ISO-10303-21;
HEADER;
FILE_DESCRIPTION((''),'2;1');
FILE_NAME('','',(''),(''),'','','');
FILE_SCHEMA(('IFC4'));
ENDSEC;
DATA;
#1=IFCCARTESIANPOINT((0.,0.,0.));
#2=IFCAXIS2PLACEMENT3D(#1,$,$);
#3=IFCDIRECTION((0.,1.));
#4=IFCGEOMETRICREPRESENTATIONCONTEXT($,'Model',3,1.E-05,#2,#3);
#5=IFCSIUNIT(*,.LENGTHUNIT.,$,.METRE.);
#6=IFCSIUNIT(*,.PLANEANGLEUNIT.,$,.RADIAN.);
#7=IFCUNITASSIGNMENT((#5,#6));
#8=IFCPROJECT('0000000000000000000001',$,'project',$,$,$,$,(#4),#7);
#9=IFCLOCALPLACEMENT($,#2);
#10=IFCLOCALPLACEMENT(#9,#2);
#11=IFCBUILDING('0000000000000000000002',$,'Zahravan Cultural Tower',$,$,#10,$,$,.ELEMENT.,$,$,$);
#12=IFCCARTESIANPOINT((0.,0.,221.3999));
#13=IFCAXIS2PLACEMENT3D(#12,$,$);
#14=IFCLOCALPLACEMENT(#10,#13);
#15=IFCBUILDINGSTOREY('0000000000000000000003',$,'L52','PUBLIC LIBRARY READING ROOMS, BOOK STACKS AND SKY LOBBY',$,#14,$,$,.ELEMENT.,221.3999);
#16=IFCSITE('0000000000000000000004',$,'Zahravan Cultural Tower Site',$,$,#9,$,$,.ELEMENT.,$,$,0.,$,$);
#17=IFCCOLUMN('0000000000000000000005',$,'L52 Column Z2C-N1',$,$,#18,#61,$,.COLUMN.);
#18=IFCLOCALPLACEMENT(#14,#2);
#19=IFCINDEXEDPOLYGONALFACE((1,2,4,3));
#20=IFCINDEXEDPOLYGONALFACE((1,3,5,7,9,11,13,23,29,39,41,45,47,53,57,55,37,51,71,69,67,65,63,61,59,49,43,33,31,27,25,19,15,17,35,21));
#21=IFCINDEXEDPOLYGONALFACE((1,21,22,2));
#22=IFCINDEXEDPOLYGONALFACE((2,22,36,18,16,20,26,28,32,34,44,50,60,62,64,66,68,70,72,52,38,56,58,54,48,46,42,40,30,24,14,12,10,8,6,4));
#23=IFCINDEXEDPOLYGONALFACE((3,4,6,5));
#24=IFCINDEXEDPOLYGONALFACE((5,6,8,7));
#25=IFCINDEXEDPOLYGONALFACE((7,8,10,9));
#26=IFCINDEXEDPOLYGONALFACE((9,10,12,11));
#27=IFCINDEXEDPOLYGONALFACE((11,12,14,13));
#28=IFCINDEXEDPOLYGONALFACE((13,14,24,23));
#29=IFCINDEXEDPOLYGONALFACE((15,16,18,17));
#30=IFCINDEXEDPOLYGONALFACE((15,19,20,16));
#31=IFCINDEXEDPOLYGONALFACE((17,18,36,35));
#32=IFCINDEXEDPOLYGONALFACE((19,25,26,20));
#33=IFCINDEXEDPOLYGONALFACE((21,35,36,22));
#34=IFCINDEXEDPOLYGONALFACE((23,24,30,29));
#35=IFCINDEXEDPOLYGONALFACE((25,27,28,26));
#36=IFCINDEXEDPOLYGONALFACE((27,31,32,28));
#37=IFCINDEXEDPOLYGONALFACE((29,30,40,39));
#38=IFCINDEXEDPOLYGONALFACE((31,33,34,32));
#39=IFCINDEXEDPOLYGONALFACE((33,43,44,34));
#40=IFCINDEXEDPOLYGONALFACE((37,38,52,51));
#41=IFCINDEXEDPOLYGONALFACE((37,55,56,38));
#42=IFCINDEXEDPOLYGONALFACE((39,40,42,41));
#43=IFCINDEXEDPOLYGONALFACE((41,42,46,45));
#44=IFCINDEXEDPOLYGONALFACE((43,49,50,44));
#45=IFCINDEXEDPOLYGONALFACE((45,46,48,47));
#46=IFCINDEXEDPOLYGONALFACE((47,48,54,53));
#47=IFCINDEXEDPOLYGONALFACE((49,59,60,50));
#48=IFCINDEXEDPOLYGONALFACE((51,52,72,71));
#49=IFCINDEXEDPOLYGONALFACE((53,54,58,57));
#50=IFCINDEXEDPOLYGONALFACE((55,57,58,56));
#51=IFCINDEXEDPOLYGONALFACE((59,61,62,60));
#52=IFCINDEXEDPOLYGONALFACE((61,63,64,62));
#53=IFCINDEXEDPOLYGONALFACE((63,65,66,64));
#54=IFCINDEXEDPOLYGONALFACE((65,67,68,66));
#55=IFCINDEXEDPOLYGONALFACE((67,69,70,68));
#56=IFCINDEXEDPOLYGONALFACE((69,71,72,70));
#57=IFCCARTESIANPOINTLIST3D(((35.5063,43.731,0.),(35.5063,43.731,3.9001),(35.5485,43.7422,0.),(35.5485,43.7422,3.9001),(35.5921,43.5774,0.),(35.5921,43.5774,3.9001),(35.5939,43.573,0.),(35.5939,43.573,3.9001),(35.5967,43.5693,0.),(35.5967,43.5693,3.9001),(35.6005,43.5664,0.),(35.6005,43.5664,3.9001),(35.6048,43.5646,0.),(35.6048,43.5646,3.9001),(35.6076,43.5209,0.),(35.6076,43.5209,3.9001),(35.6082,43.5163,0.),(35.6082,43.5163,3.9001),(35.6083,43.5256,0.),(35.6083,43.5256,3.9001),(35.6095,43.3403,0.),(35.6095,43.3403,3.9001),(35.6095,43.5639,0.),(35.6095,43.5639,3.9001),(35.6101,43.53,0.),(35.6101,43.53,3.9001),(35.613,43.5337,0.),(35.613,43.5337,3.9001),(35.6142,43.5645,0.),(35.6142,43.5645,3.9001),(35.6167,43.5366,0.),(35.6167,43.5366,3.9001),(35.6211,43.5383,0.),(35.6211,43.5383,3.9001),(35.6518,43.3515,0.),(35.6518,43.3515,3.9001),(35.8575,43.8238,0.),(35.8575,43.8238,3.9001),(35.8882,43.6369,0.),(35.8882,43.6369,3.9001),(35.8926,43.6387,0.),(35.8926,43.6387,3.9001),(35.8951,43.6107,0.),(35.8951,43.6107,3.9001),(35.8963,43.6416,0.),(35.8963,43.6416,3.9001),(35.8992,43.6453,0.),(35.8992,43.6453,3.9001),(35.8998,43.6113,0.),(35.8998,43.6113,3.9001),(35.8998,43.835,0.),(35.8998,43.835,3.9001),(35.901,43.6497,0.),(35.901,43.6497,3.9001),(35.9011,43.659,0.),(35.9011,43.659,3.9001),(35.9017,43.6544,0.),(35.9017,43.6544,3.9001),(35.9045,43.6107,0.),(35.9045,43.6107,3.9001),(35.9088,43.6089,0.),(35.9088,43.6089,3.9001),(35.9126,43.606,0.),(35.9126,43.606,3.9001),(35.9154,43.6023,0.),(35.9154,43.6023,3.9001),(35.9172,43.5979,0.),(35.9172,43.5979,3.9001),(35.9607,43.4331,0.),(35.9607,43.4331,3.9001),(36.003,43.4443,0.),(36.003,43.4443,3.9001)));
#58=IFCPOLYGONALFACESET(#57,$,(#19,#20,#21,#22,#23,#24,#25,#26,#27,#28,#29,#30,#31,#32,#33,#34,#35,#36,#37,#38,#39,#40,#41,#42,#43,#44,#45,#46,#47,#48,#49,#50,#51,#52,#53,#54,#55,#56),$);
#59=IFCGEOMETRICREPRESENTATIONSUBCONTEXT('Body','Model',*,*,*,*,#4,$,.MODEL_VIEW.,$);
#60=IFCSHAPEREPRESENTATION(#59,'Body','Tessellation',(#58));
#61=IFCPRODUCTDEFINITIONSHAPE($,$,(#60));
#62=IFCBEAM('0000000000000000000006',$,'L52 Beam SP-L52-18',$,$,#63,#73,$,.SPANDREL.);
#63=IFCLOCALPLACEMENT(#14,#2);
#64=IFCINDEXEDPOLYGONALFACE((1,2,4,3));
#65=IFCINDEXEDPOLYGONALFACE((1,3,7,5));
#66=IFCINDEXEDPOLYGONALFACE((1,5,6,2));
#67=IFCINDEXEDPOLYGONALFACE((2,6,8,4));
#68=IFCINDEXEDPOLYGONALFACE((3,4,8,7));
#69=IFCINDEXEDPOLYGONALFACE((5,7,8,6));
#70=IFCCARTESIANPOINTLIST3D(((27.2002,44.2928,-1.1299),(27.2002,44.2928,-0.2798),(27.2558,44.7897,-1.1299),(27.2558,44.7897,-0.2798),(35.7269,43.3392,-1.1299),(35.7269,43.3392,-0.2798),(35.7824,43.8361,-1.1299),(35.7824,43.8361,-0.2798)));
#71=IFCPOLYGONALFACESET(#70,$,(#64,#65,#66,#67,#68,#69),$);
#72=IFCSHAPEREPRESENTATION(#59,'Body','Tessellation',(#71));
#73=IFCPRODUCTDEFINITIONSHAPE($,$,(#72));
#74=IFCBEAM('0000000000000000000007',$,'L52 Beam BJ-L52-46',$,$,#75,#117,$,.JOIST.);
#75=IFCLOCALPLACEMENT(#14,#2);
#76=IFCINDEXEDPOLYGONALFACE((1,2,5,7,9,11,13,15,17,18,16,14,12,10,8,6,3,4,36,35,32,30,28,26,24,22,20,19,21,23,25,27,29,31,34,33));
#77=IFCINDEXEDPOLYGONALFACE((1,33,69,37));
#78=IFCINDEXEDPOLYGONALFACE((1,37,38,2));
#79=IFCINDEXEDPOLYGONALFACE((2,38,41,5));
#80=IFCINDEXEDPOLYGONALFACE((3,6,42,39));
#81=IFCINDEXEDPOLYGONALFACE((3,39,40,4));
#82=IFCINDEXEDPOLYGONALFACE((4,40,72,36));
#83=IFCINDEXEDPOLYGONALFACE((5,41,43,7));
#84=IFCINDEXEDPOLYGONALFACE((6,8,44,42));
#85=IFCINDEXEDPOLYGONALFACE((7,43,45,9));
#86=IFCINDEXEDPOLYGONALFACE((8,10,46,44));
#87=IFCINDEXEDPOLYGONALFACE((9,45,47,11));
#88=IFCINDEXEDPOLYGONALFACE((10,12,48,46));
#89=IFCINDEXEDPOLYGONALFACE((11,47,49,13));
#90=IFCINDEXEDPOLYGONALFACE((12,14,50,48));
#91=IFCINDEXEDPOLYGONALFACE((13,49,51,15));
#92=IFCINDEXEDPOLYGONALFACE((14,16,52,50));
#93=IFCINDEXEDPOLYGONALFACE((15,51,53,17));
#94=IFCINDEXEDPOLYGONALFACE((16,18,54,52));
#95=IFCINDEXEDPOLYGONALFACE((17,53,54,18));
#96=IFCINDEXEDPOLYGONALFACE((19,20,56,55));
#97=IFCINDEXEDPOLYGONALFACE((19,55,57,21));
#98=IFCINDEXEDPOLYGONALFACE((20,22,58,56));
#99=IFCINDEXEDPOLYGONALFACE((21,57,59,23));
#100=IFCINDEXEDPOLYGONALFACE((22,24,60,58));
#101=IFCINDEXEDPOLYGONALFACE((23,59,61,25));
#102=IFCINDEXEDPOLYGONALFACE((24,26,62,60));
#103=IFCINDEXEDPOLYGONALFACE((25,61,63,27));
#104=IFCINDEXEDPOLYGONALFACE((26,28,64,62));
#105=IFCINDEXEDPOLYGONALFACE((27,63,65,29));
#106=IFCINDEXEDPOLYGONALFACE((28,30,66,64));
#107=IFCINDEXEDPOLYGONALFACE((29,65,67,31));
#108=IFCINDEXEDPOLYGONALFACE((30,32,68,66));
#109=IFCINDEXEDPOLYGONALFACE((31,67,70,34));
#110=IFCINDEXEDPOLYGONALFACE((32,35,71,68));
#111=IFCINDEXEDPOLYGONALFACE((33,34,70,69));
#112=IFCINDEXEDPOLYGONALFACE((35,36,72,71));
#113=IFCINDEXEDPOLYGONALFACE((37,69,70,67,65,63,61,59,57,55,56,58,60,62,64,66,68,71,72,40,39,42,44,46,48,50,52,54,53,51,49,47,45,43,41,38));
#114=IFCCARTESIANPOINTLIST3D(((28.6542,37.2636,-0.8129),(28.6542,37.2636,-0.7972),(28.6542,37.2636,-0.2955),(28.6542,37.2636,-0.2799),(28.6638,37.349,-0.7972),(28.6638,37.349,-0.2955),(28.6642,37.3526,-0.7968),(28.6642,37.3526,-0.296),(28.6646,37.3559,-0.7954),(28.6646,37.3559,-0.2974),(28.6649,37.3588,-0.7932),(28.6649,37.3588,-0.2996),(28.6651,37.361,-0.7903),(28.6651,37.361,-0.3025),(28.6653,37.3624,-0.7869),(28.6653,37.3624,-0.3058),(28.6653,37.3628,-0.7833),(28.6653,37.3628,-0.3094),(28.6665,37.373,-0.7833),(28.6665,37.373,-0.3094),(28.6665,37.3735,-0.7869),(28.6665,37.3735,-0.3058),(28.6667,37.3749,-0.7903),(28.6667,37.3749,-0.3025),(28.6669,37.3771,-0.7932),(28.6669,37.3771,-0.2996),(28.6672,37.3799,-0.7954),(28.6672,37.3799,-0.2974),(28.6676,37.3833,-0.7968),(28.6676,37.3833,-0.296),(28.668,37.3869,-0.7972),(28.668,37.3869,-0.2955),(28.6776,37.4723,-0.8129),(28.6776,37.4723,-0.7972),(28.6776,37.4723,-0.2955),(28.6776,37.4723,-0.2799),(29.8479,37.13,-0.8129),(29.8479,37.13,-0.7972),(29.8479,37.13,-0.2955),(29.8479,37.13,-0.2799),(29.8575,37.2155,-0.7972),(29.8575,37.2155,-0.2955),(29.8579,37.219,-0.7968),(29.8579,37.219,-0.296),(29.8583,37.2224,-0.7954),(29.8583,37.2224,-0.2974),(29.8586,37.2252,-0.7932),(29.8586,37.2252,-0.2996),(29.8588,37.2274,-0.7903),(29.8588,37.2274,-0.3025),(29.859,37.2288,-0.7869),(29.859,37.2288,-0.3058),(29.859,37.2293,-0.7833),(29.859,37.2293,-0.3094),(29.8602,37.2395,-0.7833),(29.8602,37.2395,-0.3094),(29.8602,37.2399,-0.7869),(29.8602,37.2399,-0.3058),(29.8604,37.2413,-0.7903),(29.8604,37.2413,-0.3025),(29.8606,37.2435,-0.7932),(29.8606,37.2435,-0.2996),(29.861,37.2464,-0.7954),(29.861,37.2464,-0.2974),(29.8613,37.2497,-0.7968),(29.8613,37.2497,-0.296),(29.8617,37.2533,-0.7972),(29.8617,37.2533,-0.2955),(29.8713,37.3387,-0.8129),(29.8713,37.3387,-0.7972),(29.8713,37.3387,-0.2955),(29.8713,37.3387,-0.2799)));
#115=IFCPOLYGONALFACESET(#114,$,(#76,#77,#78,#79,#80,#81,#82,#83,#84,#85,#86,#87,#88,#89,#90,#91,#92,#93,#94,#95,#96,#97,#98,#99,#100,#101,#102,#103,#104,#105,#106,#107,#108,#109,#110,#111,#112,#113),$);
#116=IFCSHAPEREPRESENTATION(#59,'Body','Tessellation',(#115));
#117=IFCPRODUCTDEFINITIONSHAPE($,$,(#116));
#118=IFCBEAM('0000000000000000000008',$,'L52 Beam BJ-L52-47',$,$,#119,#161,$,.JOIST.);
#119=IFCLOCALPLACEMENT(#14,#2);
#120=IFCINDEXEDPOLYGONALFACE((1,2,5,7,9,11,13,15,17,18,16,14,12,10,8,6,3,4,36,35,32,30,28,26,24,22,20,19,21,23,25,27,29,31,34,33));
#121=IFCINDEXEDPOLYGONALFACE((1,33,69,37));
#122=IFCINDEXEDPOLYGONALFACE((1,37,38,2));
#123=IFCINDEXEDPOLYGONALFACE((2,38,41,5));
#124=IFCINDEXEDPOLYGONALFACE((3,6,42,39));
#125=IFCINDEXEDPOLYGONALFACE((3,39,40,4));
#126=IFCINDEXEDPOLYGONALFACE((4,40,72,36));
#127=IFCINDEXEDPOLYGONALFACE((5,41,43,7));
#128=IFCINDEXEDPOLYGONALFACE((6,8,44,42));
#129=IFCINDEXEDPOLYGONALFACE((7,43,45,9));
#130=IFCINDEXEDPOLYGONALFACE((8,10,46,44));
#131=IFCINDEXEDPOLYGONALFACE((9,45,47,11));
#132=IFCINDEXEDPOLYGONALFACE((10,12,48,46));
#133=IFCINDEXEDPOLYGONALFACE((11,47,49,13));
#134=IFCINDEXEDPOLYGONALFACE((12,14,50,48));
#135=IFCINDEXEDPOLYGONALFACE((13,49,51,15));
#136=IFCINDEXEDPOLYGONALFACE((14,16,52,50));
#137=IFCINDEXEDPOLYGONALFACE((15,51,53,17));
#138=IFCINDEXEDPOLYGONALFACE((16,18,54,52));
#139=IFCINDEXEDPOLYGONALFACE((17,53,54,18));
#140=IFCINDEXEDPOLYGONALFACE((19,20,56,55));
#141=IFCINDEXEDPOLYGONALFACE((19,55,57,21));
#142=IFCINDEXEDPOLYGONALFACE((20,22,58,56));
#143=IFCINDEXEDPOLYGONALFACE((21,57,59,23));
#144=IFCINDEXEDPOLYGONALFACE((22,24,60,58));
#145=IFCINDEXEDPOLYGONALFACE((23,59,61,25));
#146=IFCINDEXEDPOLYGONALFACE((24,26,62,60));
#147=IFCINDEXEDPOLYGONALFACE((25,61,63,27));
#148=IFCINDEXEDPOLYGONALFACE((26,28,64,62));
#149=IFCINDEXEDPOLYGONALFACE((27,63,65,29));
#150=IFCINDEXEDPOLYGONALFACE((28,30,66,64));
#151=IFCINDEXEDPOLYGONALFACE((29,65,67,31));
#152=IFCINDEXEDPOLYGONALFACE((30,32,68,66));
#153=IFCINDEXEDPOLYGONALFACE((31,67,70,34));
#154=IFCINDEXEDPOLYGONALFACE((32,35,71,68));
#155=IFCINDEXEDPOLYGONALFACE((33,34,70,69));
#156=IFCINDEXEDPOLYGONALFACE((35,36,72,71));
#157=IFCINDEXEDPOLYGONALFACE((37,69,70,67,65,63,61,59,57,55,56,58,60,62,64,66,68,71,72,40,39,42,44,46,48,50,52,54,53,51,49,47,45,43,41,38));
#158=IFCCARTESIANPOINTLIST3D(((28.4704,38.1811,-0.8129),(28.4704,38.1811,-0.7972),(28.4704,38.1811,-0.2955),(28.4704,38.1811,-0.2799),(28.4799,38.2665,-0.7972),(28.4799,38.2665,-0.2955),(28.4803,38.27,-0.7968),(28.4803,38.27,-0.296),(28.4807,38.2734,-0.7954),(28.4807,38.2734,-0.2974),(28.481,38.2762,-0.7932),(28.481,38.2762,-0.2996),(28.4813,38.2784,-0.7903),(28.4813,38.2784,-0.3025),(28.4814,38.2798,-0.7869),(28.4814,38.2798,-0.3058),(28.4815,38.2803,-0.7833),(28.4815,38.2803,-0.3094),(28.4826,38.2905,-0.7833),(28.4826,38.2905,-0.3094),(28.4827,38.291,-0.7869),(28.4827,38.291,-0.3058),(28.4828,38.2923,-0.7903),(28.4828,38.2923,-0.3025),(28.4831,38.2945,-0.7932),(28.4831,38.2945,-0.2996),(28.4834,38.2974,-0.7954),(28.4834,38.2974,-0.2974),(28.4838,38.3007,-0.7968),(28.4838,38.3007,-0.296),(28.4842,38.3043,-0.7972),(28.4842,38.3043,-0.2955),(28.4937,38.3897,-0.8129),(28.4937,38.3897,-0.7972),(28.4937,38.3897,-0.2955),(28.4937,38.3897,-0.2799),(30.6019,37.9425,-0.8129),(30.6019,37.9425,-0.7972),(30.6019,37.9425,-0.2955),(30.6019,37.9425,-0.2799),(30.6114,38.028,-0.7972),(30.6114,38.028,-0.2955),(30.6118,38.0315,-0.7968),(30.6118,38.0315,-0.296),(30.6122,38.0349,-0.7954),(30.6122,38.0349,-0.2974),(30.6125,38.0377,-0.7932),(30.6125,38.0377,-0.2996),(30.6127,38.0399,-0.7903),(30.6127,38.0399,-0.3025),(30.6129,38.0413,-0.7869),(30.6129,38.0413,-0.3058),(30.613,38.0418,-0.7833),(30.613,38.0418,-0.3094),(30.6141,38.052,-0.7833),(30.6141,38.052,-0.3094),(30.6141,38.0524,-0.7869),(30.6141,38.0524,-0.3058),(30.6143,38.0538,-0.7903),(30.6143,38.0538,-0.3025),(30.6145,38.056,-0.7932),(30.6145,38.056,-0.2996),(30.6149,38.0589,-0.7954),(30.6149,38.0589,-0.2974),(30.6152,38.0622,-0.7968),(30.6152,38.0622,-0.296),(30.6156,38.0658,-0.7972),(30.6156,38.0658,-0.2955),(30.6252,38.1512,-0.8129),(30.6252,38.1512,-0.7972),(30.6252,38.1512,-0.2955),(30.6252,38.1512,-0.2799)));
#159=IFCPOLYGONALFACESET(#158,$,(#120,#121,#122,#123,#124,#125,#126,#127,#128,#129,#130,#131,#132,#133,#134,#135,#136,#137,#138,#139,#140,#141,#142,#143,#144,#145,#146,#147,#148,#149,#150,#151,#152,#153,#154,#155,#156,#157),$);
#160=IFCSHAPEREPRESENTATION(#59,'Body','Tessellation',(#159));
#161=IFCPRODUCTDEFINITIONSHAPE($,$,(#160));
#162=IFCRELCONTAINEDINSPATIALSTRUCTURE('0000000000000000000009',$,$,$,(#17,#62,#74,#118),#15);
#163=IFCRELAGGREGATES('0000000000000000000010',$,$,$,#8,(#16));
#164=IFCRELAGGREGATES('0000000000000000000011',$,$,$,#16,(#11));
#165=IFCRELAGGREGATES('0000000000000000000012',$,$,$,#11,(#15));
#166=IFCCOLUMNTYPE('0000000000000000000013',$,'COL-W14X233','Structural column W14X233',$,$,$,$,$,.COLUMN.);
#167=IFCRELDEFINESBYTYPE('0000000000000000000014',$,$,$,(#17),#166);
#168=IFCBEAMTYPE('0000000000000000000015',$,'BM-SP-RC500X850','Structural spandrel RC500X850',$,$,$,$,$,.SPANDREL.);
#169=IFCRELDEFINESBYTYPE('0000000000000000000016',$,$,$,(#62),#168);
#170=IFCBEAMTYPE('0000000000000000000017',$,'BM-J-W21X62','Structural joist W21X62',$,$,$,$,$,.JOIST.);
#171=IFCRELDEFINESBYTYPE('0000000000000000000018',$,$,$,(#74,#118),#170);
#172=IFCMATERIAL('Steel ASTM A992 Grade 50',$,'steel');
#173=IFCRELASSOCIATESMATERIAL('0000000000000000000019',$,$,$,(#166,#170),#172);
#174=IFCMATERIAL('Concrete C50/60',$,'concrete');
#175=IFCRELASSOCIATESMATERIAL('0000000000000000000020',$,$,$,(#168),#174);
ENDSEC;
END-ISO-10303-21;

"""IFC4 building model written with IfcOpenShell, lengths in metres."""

from ifc_helpers import new_model, si_unit, direction, frame, origin, origin_2d, place, context, subcontext, project, spatial, rectangle, i_section, extrude, source, transform, mapped, material, material_profile, profile_set, type_object, element, save


model = new_model("IFC4")

# Units and contexts
model_context = context("Model", 3, precision=1e-05, world=origin(), true_north=direction((0.0, 1.0)))
body_context = subcontext(model_context, "Body", "Model", "MODEL_VIEW")
ifc_project = project(units=[si_unit("LENGTHUNIT", "METRE"), si_unit("PLANEANGLEUNIT", "RADIAN")], contexts=[model_context])

# Site, building, storey
site_placement = place(None, origin())
site = spatial("IfcSite", under=ifc_project, at=site_placement, Name="Zahravan Cultural Tower Site", CompositionType="ELEMENT", RefElevation=0.0)
building_placement = place(site_placement, origin())
building = spatial("IfcBuilding", under=site, at=building_placement, Name="Zahravan Cultural Tower", CompositionType="ELEMENT")
storey_placement = place(building_placement, frame((0.0, 0.0, 221.3999)))
storey = spatial("IfcBuildingStorey", under=building, at=storey_placement, Name="L52", Description="PUBLIC LIBRARY READING ROOMS, BOOK STACKS AND SKY LOBBY", CompositionType="ELEMENT", Elevation=221.3999)

# Column
ifc_material_1 = material(Name="Steel ASTM A992 Grade 50", Category="steel")
ifc_material_profile_1 = material_profile(ifc_material_1, i_section(OverallWidth=0.4041, OverallDepth=0.407, WebThickness=0.0271, FlangeThickness=0.0437, FilletRadius=0.0181, at=origin_2d()), Name="W14X233")
ifc_profile_set_1 = profile_set([ifc_material_profile_1], Name="Steel ASTM A992 Grade 50")
column_type = type_object("IfcColumnType", Name="COL-W14X233", Description="Structural column W14X233", PredefinedType="COLUMN", material=ifc_profile_set_1)
shared_shape_1 = source(origin(), body_context, "Body", "SweptSolid", [
    extrude(i_section(OverallWidth=0.4041, OverallDepth=0.407, WebThickness=0.0271, FlangeThickness=0.0437, FilletRadius=0.0181, at=origin_2d()), origin(), (0.0, 0.0, 1.0), 3.9001),
])
column_placement = place(storey_placement, frame((35.7546, 43.5876, 0.0), z_axis=(0.0, 0.0, 1.0), x_axis=(-0.255446, 0.966823, 0.0)))
element("IfcColumn", 1, at=column_placement, inside=storey, type_object=column_type, Name="L52 Column Z2C-N1", PredefinedType="COLUMN", context=body_context, shape_type="MappedRepresentation", body=[
    mapped(shared_shape_1, transform((0.0, 0.0, 0.0), x_axis=(1.0, 0.0, 0.0), y_axis=(0.0, 1.0, 0.0), z_axis=(0.0, 0.0, 1.0), scale=1.0)),
])

# Beams
ifc_material_2 = material(Name="Concrete C50/60", Category="concrete")
ifc_material_profile_2 = material_profile(ifc_material_2, rectangle(XDim=0.5, YDim=0.8501, at=origin_2d()), Name="RC500X850")
ifc_profile_set_2 = profile_set([ifc_material_profile_2], Name="Concrete C50/60")
beam_type_1 = type_object("IfcBeamType", Name="BM-SP-RC500X850", Description="Structural spandrel RC500X850", PredefinedType="SPANDREL", material=ifc_profile_set_2)
shared_shape_2 = source(origin(), body_context, "Body", "SweptSolid", [
    extrude(rectangle(XDim=0.5, YDim=0.8501, at=origin_2d()), origin(), (0.0, 0.0, 1.0), 8.5798),
])
beam_1_placement = place(storey_placement, frame((35.7546, 43.5876, -0.7048), z_axis=(-0.993804, 0.111147, 0.0), x_axis=(-0.111147, -0.993804, 0.0)))
element("IfcBeam", 2, at=beam_1_placement, inside=storey, type_object=beam_type_1, Name="L52 Beam SP-L52-18", PredefinedType="SPANDREL", context=body_context, shape_type="MappedRepresentation", body=[
    mapped(shared_shape_2, transform((0.0, 0.0, 0.0), x_axis=(1.0, 0.0, 0.0), y_axis=(0.0, 1.0, 0.0), z_axis=(0.0, 0.0, 1.0), scale=1.0)),
])
ifc_material_profile_3 = material_profile(ifc_material_1, i_section(OverallWidth=0.21, OverallDepth=0.533, WebThickness=0.0103, FlangeThickness=0.0156, FilletRadius=0.0139, at=origin_2d()), Name="W21X62")
ifc_profile_set_3 = profile_set([ifc_material_profile_3], Name="Steel ASTM A992 Grade 50")
beam_type_2 = type_object("IfcBeamType", Name="BM-J-W21X62", Description="Structural joist W21X62", PredefinedType="JOIST", material=ifc_profile_set_3)
shared_shape_3 = source(origin(), body_context, "Body", "SweptSolid", [
    extrude(i_section(OverallWidth=0.21, OverallDepth=0.533, WebThickness=0.0103, FlangeThickness=0.0156, FilletRadius=0.0139, at=origin_2d()), origin(), (0.0, 0.0, 1.0), 1.2012),
])
beam_2_placement = place(storey_placement, frame((29.8596, 37.2344, -0.5464), z_axis=(-0.993799, 0.11119, 0.0), x_axis=(-0.11119, -0.993799, 0.0)))
element("IfcBeam", 3, at=beam_2_placement, inside=storey, type_object=beam_type_2, Name="L52 Beam BJ-L52-46", PredefinedType="JOIST", context=body_context, shape_type="MappedRepresentation", body=[
    mapped(shared_shape_3, transform((0.0, 0.0, 0.0), x_axis=(1.0, 0.0, 0.0), y_axis=(0.0, 1.0, 0.0), z_axis=(0.0, 0.0, 1.0), scale=1.0)),
])
shared_shape_4 = source(origin(), body_context, "Body", "SweptSolid", [
    extrude(i_section(OverallWidth=0.21, OverallDepth=0.533, WebThickness=0.0103, FlangeThickness=0.0156, FilletRadius=0.0139, at=origin_2d()), origin(), (0.0, 0.0, 1.0), 2.1448),
])
beam_3_placement = place(storey_placement, frame((30.6135, 38.0469, -0.5464), z_axis=(-0.993797, 0.111206, 0.0), x_axis=(-0.111206, -0.993797, 0.0)))
element("IfcBeam", 4, at=beam_3_placement, inside=storey, type_object=beam_type_2, Name="L52 Beam BJ-L52-47", PredefinedType="JOIST", context=body_context, shape_type="MappedRepresentation", body=[
    mapped(shared_shape_4, transform((0.0, 0.0, 0.0), x_axis=(1.0, 0.0, 0.0), y_axis=(0.0, 1.0, 0.0), z_axis=(0.0, 0.0, 1.0), scale=1.0)),
])

save(model, "model.ifc")
